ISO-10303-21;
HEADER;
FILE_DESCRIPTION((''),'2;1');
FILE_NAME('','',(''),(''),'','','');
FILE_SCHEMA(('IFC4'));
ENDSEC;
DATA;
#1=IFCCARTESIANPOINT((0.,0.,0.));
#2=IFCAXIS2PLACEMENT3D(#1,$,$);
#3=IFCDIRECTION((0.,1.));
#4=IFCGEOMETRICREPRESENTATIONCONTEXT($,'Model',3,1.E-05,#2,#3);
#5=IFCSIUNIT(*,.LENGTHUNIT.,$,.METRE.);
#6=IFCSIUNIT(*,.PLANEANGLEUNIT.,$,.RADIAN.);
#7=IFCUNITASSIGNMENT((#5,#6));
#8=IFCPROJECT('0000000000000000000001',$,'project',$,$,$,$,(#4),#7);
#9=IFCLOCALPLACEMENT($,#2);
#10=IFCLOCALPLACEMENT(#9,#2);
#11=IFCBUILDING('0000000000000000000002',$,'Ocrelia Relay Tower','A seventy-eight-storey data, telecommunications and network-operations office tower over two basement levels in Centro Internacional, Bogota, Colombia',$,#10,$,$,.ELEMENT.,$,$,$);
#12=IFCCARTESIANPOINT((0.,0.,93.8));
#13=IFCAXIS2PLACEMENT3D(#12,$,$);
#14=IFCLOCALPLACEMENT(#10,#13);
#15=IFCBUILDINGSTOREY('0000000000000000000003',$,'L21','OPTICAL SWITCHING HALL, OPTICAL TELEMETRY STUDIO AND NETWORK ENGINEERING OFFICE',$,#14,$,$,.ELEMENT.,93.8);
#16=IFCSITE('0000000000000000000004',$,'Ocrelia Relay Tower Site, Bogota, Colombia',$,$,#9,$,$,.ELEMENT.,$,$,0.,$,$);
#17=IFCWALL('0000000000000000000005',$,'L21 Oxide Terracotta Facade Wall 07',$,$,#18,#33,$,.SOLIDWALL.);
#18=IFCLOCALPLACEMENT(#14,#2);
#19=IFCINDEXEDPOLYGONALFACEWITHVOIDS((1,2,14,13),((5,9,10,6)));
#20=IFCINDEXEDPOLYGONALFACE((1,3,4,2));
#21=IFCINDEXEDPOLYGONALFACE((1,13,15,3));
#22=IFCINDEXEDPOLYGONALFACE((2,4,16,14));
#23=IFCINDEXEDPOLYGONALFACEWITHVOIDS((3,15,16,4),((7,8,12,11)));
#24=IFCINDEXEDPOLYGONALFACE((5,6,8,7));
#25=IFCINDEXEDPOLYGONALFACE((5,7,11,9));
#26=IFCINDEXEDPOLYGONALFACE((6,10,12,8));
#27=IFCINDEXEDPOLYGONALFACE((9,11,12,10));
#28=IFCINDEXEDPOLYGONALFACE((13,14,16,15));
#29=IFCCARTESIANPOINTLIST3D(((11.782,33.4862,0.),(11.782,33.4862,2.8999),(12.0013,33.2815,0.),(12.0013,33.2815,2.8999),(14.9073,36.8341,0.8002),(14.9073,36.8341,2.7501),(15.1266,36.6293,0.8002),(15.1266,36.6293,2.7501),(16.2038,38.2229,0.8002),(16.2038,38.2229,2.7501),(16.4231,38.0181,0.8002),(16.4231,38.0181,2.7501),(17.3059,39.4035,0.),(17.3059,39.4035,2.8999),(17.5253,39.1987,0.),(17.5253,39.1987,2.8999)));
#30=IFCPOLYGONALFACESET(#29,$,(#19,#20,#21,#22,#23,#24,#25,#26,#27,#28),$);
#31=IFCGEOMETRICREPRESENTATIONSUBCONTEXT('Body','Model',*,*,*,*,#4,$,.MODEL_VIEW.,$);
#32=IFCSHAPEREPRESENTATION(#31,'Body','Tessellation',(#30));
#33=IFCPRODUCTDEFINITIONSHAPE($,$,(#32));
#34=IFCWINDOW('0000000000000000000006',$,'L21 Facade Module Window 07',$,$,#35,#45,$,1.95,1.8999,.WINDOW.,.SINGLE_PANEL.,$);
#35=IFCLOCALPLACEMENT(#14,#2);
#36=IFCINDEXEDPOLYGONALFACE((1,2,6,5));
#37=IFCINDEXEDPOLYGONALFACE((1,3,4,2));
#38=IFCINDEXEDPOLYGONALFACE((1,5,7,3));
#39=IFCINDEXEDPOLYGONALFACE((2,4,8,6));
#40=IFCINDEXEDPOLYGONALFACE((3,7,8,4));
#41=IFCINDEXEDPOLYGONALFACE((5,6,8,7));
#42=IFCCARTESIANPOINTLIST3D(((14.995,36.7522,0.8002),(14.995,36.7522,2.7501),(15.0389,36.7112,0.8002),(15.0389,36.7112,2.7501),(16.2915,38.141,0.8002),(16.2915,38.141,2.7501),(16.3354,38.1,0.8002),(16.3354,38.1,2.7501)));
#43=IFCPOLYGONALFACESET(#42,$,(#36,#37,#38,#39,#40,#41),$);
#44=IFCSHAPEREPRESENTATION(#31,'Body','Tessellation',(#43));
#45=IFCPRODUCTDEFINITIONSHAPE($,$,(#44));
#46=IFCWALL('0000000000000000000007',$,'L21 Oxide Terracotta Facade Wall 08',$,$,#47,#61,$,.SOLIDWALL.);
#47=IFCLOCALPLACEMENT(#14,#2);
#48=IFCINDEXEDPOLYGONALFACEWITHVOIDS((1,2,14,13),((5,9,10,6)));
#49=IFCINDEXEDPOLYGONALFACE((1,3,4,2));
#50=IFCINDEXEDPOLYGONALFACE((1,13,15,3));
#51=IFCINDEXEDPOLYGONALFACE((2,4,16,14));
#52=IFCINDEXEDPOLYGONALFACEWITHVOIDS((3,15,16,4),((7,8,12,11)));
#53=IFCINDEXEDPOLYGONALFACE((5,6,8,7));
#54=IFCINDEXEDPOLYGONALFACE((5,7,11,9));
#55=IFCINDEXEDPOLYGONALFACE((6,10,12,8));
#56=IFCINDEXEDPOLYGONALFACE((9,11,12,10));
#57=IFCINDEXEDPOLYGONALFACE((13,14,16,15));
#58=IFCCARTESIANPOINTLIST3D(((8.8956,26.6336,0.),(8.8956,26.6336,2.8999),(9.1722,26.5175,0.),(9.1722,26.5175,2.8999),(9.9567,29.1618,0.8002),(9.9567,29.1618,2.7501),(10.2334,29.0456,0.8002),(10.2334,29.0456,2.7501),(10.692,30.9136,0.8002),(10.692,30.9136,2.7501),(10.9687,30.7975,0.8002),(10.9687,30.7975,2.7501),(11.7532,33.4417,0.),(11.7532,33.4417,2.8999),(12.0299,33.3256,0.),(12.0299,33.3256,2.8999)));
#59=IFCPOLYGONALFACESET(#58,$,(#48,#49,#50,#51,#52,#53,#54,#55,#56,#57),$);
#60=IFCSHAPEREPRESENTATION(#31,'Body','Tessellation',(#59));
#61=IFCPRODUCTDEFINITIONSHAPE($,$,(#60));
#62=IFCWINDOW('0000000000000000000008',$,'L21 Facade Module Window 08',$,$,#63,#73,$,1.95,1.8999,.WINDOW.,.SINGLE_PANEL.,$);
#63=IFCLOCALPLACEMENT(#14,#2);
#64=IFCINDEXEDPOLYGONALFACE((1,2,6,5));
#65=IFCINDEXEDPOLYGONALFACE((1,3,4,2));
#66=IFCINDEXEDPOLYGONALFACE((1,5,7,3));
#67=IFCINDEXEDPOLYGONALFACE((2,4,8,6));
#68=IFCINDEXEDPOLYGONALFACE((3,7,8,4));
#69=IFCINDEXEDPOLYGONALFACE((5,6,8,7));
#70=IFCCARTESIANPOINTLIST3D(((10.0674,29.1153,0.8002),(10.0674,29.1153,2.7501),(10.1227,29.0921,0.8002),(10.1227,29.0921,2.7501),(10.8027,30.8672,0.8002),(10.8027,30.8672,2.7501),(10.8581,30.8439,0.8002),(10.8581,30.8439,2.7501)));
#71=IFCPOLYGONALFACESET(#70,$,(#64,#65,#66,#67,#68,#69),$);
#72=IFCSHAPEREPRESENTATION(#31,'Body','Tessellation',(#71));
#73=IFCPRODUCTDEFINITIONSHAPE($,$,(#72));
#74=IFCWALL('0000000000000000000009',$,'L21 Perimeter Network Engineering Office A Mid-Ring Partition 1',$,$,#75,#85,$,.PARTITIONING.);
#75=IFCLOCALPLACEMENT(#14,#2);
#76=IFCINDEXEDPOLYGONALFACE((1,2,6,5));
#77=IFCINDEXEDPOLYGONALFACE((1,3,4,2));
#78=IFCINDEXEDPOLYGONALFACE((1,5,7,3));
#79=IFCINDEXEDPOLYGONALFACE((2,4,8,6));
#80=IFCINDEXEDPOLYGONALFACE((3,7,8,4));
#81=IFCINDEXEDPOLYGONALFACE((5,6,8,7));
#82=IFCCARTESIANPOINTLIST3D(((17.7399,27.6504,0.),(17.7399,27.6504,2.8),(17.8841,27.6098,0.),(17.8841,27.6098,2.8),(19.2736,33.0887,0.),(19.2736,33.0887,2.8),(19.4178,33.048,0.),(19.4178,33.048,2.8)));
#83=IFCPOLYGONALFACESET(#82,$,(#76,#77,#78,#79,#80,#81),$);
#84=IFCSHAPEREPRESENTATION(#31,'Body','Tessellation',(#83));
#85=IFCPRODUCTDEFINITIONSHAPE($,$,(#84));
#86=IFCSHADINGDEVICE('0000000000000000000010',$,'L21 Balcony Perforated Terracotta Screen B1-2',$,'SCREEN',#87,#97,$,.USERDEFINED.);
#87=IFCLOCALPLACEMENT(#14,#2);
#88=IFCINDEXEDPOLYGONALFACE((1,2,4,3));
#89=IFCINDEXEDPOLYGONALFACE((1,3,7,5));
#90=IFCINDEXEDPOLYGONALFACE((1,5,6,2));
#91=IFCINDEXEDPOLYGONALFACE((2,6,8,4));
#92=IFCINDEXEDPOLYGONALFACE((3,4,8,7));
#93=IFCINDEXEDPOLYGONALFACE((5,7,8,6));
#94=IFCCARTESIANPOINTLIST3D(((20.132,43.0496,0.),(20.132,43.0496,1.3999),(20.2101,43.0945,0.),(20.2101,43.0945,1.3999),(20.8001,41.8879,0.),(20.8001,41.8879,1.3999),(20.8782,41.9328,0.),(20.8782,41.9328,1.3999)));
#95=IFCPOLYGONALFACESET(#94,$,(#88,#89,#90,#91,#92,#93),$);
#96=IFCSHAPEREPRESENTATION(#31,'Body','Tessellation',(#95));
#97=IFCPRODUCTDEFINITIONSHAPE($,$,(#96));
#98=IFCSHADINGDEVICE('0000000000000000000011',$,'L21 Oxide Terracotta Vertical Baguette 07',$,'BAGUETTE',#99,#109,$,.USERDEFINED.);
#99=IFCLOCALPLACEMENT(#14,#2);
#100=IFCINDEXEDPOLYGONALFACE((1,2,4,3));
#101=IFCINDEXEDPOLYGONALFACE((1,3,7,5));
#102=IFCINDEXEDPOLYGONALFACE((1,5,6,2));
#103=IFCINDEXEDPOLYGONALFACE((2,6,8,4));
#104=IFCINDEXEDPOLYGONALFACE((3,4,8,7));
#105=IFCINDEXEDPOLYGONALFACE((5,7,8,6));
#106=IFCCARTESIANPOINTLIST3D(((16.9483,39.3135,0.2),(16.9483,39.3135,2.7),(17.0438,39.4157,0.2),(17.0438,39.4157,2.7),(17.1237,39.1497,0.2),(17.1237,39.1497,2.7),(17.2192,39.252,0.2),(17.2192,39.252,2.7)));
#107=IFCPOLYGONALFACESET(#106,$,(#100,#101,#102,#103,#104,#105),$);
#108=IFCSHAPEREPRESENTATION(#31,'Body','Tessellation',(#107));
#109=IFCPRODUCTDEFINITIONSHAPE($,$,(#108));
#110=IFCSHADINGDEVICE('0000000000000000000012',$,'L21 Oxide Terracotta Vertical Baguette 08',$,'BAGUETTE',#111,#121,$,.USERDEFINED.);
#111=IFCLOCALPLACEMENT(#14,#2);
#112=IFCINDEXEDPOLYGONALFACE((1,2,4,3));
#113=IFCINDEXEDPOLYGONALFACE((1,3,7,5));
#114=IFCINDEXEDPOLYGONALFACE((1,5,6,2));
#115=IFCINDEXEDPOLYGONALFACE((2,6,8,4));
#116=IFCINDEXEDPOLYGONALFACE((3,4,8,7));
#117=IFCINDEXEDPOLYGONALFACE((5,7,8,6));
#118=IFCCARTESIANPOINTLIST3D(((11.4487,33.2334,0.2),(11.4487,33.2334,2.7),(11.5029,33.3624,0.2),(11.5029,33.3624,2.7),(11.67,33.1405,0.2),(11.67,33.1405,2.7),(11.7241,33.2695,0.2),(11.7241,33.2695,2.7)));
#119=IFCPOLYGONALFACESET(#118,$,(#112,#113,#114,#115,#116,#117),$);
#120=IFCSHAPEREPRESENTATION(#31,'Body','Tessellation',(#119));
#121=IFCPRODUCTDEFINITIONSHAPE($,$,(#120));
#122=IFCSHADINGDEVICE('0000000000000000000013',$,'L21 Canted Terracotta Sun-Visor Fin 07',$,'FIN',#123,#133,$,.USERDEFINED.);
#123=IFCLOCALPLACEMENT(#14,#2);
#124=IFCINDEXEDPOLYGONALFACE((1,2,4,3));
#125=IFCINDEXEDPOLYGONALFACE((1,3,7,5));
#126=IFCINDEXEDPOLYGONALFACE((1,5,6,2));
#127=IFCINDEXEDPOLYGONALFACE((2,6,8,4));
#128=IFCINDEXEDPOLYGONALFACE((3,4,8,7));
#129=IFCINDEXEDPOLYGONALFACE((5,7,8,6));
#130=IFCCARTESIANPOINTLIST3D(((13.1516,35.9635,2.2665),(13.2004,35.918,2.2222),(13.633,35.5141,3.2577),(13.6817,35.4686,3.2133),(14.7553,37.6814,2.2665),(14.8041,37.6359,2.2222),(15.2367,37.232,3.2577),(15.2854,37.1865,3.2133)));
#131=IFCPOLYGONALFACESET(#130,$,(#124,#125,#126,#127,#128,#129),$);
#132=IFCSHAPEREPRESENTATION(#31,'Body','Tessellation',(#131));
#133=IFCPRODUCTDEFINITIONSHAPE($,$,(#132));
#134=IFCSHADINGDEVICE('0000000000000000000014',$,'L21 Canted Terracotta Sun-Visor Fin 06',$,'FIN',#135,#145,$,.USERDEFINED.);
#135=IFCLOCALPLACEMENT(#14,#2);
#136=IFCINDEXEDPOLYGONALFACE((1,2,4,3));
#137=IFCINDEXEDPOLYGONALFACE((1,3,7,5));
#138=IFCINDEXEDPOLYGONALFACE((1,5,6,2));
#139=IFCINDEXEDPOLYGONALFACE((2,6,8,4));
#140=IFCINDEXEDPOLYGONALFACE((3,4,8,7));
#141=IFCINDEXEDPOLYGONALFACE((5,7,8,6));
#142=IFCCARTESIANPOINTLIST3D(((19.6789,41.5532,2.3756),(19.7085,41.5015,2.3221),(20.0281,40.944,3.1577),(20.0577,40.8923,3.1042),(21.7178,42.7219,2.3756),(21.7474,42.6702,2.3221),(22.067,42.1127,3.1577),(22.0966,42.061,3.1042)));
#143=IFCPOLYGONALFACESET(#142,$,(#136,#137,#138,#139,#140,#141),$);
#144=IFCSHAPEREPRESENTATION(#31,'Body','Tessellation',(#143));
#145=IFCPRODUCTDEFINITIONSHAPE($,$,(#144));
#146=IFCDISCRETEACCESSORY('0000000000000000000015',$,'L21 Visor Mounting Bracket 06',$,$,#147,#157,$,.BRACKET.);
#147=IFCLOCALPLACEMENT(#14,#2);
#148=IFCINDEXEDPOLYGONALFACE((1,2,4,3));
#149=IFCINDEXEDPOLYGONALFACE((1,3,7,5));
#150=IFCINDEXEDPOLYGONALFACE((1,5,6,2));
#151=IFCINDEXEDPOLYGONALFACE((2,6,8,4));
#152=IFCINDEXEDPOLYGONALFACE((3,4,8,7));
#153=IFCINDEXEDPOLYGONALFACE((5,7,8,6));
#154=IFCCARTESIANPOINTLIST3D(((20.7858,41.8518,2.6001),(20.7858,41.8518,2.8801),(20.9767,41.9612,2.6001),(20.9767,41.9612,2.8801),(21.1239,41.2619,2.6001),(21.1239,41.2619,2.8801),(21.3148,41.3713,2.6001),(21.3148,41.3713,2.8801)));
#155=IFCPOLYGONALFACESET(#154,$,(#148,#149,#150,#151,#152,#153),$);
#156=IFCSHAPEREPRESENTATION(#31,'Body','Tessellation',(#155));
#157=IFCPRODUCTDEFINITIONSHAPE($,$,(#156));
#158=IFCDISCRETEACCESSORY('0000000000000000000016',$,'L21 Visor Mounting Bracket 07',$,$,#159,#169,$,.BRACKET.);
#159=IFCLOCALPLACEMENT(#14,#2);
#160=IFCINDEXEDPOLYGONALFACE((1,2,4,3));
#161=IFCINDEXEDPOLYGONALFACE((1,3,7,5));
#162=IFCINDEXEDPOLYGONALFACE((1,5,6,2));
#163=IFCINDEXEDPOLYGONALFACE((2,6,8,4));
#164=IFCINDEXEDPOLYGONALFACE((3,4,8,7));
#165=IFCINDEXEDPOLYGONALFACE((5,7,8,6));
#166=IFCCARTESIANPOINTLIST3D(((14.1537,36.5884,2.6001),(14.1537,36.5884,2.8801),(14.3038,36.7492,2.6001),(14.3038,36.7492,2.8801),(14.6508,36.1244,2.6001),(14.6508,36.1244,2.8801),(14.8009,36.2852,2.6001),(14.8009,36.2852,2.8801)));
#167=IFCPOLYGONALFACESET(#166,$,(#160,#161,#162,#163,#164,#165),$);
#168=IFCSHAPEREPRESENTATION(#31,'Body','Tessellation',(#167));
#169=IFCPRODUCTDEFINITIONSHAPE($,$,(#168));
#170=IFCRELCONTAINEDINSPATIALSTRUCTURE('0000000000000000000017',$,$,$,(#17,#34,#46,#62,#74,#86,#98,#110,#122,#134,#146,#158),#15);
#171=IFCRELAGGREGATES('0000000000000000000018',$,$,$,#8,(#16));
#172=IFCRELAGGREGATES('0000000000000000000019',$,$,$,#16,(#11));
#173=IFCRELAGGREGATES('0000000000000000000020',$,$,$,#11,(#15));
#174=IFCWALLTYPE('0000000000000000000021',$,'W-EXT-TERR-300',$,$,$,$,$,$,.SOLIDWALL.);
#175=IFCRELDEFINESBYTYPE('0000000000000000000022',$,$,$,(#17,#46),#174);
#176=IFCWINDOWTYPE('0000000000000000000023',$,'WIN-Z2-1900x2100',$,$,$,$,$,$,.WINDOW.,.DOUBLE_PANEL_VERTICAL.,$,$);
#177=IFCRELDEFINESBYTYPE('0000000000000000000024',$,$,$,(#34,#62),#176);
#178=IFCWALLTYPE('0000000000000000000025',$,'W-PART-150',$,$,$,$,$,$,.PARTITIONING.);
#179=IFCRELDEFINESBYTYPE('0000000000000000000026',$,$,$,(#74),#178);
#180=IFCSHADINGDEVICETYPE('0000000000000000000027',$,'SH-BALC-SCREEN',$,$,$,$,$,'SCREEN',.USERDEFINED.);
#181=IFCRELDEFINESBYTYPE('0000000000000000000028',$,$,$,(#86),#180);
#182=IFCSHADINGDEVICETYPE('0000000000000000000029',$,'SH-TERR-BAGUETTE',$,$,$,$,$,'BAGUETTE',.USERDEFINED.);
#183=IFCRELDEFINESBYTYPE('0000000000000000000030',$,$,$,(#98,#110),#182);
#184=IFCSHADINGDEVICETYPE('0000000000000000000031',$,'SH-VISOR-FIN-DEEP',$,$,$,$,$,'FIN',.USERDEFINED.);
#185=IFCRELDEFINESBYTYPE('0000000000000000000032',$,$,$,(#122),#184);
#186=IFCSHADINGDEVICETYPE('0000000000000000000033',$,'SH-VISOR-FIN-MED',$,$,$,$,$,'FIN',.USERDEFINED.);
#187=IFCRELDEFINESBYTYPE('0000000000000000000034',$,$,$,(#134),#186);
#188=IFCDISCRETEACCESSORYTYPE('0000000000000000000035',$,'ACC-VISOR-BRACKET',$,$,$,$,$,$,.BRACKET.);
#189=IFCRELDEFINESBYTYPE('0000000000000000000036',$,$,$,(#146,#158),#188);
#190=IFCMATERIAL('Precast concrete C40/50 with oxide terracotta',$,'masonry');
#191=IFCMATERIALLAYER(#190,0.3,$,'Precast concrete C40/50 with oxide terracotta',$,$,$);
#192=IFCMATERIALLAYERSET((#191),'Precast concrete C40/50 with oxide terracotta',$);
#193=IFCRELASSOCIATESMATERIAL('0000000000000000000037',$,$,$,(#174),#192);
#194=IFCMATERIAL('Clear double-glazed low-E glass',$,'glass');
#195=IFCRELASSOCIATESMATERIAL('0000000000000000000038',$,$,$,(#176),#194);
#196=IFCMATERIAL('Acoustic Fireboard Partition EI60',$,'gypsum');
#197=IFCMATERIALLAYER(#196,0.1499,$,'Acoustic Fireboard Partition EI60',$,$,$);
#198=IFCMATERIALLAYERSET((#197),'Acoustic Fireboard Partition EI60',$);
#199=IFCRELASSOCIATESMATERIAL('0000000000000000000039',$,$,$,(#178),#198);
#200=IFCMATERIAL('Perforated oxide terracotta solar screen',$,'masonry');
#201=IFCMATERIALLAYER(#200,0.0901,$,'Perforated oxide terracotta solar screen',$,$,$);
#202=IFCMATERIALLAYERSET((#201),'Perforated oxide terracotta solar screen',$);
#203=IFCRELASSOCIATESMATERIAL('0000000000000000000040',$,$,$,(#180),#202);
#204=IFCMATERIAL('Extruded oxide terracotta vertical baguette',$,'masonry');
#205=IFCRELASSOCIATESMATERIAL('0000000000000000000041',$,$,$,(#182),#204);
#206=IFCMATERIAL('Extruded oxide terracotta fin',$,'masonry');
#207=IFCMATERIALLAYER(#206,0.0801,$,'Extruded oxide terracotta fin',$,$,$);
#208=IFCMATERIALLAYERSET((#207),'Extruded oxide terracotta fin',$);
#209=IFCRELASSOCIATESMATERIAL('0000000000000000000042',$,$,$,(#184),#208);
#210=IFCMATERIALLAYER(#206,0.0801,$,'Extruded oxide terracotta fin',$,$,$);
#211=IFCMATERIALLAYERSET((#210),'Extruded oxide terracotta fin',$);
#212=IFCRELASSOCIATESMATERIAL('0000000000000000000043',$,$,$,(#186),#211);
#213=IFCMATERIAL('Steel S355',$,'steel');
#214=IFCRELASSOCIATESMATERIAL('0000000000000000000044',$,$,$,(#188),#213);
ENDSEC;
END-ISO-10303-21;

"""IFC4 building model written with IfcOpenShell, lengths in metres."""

from ifc_helpers import new_model, si_unit, direction, frame, frame_2d, origin, origin_2d, place, context, subcontext, project, spatial, rectangle, extrude, material, layer, layer_set, type_object, element, fill, save


model = new_model("IFC4")

# Units and contexts
model_context = context("Model", 3, precision=1e-05, world=origin(), true_north=direction((0.0, 1.0)))
body_context = subcontext(model_context, "Body", "Model", "MODEL_VIEW")
ifc_project = project(units=[si_unit("LENGTHUNIT", "METRE"), si_unit("PLANEANGLEUNIT", "RADIAN")], contexts=[model_context])

# Site, building, storey
site_placement = place(None, origin())
site = spatial("IfcSite", under=ifc_project, at=site_placement, Name="Ocrelia Relay Tower Site, Bogota, Colombia", CompositionType="ELEMENT", RefElevation=0.0)
building_placement = place(site_placement, origin())
building = spatial("IfcBuilding", under=site, at=building_placement, Name="Ocrelia Relay Tower", Description="A seventy-eight-storey data, telecommunications and network-operations office tower over two basement levels in Centro Internacional, Bogota, Colombia", CompositionType="ELEMENT")
storey_placement = place(building_placement, frame((0.0, 0.0, 93.8)))
storey = spatial("IfcBuildingStorey", under=building, at=storey_placement, Name="L21", Description="OPTICAL SWITCHING HALL, OPTICAL TELEMETRY STUDIO AND NETWORK ENGINEERING OFFICE", CompositionType="ELEMENT", Elevation=93.8)

# Shared definitions
ifc_material_1 = material(Name="Steel S355", Category="steel")

# Walls, openings, windows
ifc_material_2 = material(Name="Precast concrete C40/50 with oxide terracotta", Category="masonry")
ifc_layer_1 = layer(ifc_material_2, 0.3, Name="Precast concrete C40/50 with oxide terracotta")
ifc_layer_set_1 = layer_set([ifc_layer_1], Name="Precast concrete C40/50 with oxide terracotta")
wall_type_1 = type_object("IfcWallType", Name="W-EXT-TERR-300", PredefinedType="SOLIDWALL", material=ifc_layer_set_1)
wall_1_placement = place(storey_placement, frame((17.4155, 39.301, 0.0), z_axis=(0.0, 0.0, 1.0), x_axis=(-0.682396, -0.730983, 0.0)))
wall_1 = element("IfcWall", 1, at=wall_1_placement, inside=storey, type_object=wall_type_1, Name="L21 Oxide Terracotta Facade Wall 07", PredefinedType="SOLIDWALL", context=body_context, shape_type="SweptSolid", body=[
    extrude(rectangle(XDim=8.095, YDim=0.3, at=frame_2d((4.0474, 0.0))), origin(), (0.0, 0.0, 1.0), 2.8999),
])
opening_1_placement = place(wall_1_placement, frame((1.615, 0.0, 0.8)))
opening_1 = element("IfcOpeningElement", 2, at=opening_1_placement, cuts=wall_1, PredefinedType="OPENING", context=body_context, shape_type="SweptSolid", body=[
    extrude(rectangle(XDim=1.8999, YDim=1.95, at=frame_2d((0.95, 0.9751))), frame((0.0, 0.1602, 0.0), z_axis=(0.0, -1.0, 0.0), x_axis=(1.0, 0.0, 0.0)), (0.0, 0.0, 1.0), 0.3201),
])
ifc_material_3 = material(Name="Clear double-glazed low-E glass", Category="glass")
window_type = type_object("IfcWindowType", Name="WIN-Z2-1900x2100", PartitioningType="DOUBLE_PANEL_VERTICAL", PredefinedType="WINDOW", material=ifc_material_3)
window_1_placement = place(opening_1_placement, origin())
window_1 = element("IfcWindow", 3, at=window_1_placement, inside=storey, type_object=window_type, Name="L21 Facade Module Window 07", OverallHeight=1.95, OverallWidth=1.8999, PartitioningType="SINGLE_PANEL", PredefinedType="WINDOW", context=body_context, shape_type="SweptSolid", body=[
    extrude(rectangle(XDim=1.8999, YDim=1.95, at=frame_2d((0.95, 0.9751))), frame((0.0, 0.03, 0.0), z_axis=(0.0, -1.0, 0.0), x_axis=(1.0, 0.0, 0.0)), (0.0, 0.0, 1.0), 0.0601),
])
fill(opening_1, window_1)
wall_2_placement = place(storey_placement, frame((11.8916, 33.3838, 0.0), z_axis=(0.0, 0.0, 1.0), x_axis=(-0.387032, -0.922066, 0.0)))
wall_2 = element("IfcWall", 4, at=wall_2_placement, inside=storey, type_object=wall_type_1, Name="L21 Oxide Terracotta Facade Wall 08", PredefinedType="SOLIDWALL", context=body_context, shape_type="SweptSolid", body=[
    extrude(rectangle(XDim=7.3835, YDim=0.3, at=frame_2d((3.6919, 0.0))), origin(), (0.0, 0.0, 1.0), 2.8999),
])
opening_2_placement = place(wall_2_placement, frame((2.7419, 0.0, 0.8)))
opening_2 = element("IfcOpeningElement", 5, at=opening_2_placement, cuts=wall_2, PredefinedType="OPENING", context=body_context, shape_type="SweptSolid", body=[
    extrude(rectangle(XDim=1.8999, YDim=1.95, at=frame_2d((0.95, 0.9751))), frame((0.0, 0.1602, 0.0), z_axis=(0.0, -1.0, 0.0), x_axis=(1.0, 0.0, 0.0)), (0.0, 0.0, 1.0), 0.3201),
])
window_2_placement = place(opening_2_placement, origin())
window_2 = element("IfcWindow", 6, at=window_2_placement, inside=storey, type_object=window_type, Name="L21 Facade Module Window 08", OverallHeight=1.95, OverallWidth=1.8999, PartitioningType="SINGLE_PANEL", PredefinedType="WINDOW", context=body_context, shape_type="SweptSolid", body=[
    extrude(rectangle(XDim=1.8999, YDim=1.95, at=frame_2d((0.95, 0.9751))), frame((0.0, 0.03, 0.0), z_axis=(0.0, -1.0, 0.0), x_axis=(1.0, 0.0, 0.0)), (0.0, 0.0, 1.0), 0.0601),
])
fill(opening_2, window_2)

# Wall
ifc_material_4 = material(Name="Acoustic Fireboard Partition EI60", Category="gypsum")
ifc_layer_2 = layer(ifc_material_4, 0.1499, Name="Acoustic Fireboard Partition EI60")
ifc_layer_set_2 = layer_set([ifc_layer_2], Name="Acoustic Fireboard Partition EI60")
wall_type_2 = type_object("IfcWallType", Name="W-PART-150", PredefinedType="PARTITIONING", material=ifc_layer_set_2)
wall_3_placement = place(storey_placement, frame((19.3457, 33.0684, 0.0), z_axis=(0.0, 0.0, 1.0), x_axis=(-0.271432, -0.962457, 0.0)))
element("IfcWall", 7, at=wall_3_placement, inside=storey, type_object=wall_type_2, Name="L21 Perimeter Network Engineering Office A Mid-Ring Partition 1", PredefinedType="PARTITIONING", context=body_context, shape_type="SweptSolid", body=[
    extrude(rectangle(XDim=5.6504, YDim=0.1499, at=frame_2d((2.8252, 0.0))), origin(), (0.0, 0.0, 1.0), 2.8),
])

# Shading devices
ifc_material_5 = material(Name="Perforated oxide terracotta solar screen", Category="masonry")
ifc_layer_3 = layer(ifc_material_5, 0.0901, Name="Perforated oxide terracotta solar screen")
ifc_layer_set_3 = layer_set([ifc_layer_3], Name="Perforated oxide terracotta solar screen")
shading_device_type_1 = type_object("IfcShadingDeviceType", Name="SH-BALC-SCREEN", ElementType="SCREEN", PredefinedType="USERDEFINED", material=ifc_layer_set_3)
shading_device_1_placement = place(storey_placement, frame((20.5051, 42.4912, 0.0), z_axis=(0.0, 0.0, 1.0), x_axis=(-0.498556, 0.866857, 0.0)))
element("IfcShadingDevice", 8, at=shading_device_1_placement, inside=storey, type_object=shading_device_type_1, Name="L21 Balcony Perforated Terracotta Screen B1-2", ObjectType="SCREEN", PredefinedType="USERDEFINED", context=body_context, shape_type="SweptSolid", body=[
    extrude(rectangle(XDim=1.3401, YDim=0.0901, at=origin_2d()), origin(), (0.0, 0.0, 1.0), 1.3999),
])
ifc_material_6 = material(Name="Extruded oxide terracotta vertical baguette", Category="masonry")
shading_device_type_2 = type_object("IfcShadingDeviceType", Name="SH-TERR-BAGUETTE", ElementType="BAGUETTE", PredefinedType="USERDEFINED", material=ifc_material_6)
for number, where, z_axis, x_axis, name in (
    (9, (17.0837, 39.2827, 0.2), (0.0, 0.0, 1.0), (-0.682397, -0.730982, 0.0), "L21 Oxide Terracotta Vertical Baguette 07"),
    (10, (11.5864, 33.2515, 0.2), (0.0, 0.0, 1.0), (-0.387035, -0.922065, 0.0), "L21 Oxide Terracotta Vertical Baguette 08"),
):
    element("IfcShadingDevice", number, at=place(storey_placement, frame(where, z_axis=z_axis, x_axis=x_axis)), inside=storey, type_object=shading_device_type_2, Name=name, ObjectType="BAGUETTE", PredefinedType="USERDEFINED", context=body_context, shape_type="SweptSolid", body=[
        extrude(rectangle(XDim=0.1399, YDim=0.24, at=origin_2d()), origin(), (0.0, 0.0, 1.0), 2.5),
    ])
ifc_material_7 = material(Name="Extruded oxide terracotta fin", Category="masonry")
ifc_layer_4 = layer(ifc_material_7, 0.0801, Name="Extruded oxide terracotta fin")
ifc_layer_set_4 = layer_set([ifc_layer_4], Name="Extruded oxide terracotta fin")
shading_device_type_3 = type_object("IfcShadingDeviceType", Name="SH-VISOR-FIN-DEEP", ElementType="FIN", PredefinedType="USERDEFINED", material=ifc_layer_set_4)
shading_device_2_placement = place(storey_placement, frame((14.2429, 36.5522, 2.7178), z_axis=(-0.60885, 0.568383, 0.553392), x_axis=(-0.682397, -0.730982, 0.0)))
element("IfcShadingDevice", 11, at=shading_device_2_placement, inside=storey, type_object=shading_device_type_3, Name="L21 Canted Terracotta Sun-Visor Fin 07", ObjectType="FIN", PredefinedType="USERDEFINED", context=body_context, shape_type="SweptSolid", body=[
    extrude(rectangle(XDim=2.3501, YDim=1.1899, at=origin_2d()), origin(), (0.0, 0.0, 1.0), 0.0801),
])
ifc_layer_5 = layer(ifc_material_7, 0.0801, Name="Extruded oxide terracotta fin")
ifc_layer_set_5 = layer_set([ifc_layer_5], Name="Extruded oxide terracotta fin")
shading_device_type_4 = type_object("IfcShadingDeviceType", Name="SH-VISOR-FIN-MED", ElementType="FIN", PredefinedType="USERDEFINED", material=ifc_layer_set_5)
shading_device_3_placement = place(storey_placement, frame((20.9026, 41.7812, 2.7131), z_axis=(-0.370025, 0.645549, 0.668092), x_axis=(-0.867582, -0.497293, 0.0)))
element("IfcShadingDevice", 12, at=shading_device_3_placement, inside=storey, type_object=shading_device_type_4, Name="L21 Canted Terracotta Sun-Visor Fin 06", ObjectType="FIN", PredefinedType="USERDEFINED", context=body_context, shape_type="SweptSolid", body=[
    extrude(rectangle(XDim=2.3501, YDim=1.051, at=origin_2d()), origin(), (0.0, 0.0, 1.0), 0.0801),
])

# Discrete accessories
discrete_accessory_type = type_object("IfcDiscreteAccessoryType", Name="ACC-VISOR-BRACKET", PredefinedType="BRACKET", material=ifc_material_1)
for number, where, z_axis, x_axis, name in (
    (13, (21.0503, 41.6116, 2.6001), (0.0, 0.0, 1.0), (-0.867582, -0.497293, 0.0), "L21 Visor Mounting Bracket 06"),
    (14, (14.4773, 36.4368, 2.6001), (0.0, 0.0, 1.0), (-0.682397, -0.730982, 0.0), "L21 Visor Mounting Bracket 07"),
):
    element("IfcDiscreteAccessory", number, at=place(storey_placement, frame(where, z_axis=z_axis, x_axis=x_axis)), inside=storey, type_object=discrete_accessory_type, Name=name, PredefinedType="BRACKET", context=body_context, shape_type="SweptSolid", body=[
        extrude(rectangle(XDim=0.22, YDim=0.6799, at=origin_2d()), origin(), (0.0, 0.0, 1.0), 0.28),
    ])

save(model, "model.ifc")
